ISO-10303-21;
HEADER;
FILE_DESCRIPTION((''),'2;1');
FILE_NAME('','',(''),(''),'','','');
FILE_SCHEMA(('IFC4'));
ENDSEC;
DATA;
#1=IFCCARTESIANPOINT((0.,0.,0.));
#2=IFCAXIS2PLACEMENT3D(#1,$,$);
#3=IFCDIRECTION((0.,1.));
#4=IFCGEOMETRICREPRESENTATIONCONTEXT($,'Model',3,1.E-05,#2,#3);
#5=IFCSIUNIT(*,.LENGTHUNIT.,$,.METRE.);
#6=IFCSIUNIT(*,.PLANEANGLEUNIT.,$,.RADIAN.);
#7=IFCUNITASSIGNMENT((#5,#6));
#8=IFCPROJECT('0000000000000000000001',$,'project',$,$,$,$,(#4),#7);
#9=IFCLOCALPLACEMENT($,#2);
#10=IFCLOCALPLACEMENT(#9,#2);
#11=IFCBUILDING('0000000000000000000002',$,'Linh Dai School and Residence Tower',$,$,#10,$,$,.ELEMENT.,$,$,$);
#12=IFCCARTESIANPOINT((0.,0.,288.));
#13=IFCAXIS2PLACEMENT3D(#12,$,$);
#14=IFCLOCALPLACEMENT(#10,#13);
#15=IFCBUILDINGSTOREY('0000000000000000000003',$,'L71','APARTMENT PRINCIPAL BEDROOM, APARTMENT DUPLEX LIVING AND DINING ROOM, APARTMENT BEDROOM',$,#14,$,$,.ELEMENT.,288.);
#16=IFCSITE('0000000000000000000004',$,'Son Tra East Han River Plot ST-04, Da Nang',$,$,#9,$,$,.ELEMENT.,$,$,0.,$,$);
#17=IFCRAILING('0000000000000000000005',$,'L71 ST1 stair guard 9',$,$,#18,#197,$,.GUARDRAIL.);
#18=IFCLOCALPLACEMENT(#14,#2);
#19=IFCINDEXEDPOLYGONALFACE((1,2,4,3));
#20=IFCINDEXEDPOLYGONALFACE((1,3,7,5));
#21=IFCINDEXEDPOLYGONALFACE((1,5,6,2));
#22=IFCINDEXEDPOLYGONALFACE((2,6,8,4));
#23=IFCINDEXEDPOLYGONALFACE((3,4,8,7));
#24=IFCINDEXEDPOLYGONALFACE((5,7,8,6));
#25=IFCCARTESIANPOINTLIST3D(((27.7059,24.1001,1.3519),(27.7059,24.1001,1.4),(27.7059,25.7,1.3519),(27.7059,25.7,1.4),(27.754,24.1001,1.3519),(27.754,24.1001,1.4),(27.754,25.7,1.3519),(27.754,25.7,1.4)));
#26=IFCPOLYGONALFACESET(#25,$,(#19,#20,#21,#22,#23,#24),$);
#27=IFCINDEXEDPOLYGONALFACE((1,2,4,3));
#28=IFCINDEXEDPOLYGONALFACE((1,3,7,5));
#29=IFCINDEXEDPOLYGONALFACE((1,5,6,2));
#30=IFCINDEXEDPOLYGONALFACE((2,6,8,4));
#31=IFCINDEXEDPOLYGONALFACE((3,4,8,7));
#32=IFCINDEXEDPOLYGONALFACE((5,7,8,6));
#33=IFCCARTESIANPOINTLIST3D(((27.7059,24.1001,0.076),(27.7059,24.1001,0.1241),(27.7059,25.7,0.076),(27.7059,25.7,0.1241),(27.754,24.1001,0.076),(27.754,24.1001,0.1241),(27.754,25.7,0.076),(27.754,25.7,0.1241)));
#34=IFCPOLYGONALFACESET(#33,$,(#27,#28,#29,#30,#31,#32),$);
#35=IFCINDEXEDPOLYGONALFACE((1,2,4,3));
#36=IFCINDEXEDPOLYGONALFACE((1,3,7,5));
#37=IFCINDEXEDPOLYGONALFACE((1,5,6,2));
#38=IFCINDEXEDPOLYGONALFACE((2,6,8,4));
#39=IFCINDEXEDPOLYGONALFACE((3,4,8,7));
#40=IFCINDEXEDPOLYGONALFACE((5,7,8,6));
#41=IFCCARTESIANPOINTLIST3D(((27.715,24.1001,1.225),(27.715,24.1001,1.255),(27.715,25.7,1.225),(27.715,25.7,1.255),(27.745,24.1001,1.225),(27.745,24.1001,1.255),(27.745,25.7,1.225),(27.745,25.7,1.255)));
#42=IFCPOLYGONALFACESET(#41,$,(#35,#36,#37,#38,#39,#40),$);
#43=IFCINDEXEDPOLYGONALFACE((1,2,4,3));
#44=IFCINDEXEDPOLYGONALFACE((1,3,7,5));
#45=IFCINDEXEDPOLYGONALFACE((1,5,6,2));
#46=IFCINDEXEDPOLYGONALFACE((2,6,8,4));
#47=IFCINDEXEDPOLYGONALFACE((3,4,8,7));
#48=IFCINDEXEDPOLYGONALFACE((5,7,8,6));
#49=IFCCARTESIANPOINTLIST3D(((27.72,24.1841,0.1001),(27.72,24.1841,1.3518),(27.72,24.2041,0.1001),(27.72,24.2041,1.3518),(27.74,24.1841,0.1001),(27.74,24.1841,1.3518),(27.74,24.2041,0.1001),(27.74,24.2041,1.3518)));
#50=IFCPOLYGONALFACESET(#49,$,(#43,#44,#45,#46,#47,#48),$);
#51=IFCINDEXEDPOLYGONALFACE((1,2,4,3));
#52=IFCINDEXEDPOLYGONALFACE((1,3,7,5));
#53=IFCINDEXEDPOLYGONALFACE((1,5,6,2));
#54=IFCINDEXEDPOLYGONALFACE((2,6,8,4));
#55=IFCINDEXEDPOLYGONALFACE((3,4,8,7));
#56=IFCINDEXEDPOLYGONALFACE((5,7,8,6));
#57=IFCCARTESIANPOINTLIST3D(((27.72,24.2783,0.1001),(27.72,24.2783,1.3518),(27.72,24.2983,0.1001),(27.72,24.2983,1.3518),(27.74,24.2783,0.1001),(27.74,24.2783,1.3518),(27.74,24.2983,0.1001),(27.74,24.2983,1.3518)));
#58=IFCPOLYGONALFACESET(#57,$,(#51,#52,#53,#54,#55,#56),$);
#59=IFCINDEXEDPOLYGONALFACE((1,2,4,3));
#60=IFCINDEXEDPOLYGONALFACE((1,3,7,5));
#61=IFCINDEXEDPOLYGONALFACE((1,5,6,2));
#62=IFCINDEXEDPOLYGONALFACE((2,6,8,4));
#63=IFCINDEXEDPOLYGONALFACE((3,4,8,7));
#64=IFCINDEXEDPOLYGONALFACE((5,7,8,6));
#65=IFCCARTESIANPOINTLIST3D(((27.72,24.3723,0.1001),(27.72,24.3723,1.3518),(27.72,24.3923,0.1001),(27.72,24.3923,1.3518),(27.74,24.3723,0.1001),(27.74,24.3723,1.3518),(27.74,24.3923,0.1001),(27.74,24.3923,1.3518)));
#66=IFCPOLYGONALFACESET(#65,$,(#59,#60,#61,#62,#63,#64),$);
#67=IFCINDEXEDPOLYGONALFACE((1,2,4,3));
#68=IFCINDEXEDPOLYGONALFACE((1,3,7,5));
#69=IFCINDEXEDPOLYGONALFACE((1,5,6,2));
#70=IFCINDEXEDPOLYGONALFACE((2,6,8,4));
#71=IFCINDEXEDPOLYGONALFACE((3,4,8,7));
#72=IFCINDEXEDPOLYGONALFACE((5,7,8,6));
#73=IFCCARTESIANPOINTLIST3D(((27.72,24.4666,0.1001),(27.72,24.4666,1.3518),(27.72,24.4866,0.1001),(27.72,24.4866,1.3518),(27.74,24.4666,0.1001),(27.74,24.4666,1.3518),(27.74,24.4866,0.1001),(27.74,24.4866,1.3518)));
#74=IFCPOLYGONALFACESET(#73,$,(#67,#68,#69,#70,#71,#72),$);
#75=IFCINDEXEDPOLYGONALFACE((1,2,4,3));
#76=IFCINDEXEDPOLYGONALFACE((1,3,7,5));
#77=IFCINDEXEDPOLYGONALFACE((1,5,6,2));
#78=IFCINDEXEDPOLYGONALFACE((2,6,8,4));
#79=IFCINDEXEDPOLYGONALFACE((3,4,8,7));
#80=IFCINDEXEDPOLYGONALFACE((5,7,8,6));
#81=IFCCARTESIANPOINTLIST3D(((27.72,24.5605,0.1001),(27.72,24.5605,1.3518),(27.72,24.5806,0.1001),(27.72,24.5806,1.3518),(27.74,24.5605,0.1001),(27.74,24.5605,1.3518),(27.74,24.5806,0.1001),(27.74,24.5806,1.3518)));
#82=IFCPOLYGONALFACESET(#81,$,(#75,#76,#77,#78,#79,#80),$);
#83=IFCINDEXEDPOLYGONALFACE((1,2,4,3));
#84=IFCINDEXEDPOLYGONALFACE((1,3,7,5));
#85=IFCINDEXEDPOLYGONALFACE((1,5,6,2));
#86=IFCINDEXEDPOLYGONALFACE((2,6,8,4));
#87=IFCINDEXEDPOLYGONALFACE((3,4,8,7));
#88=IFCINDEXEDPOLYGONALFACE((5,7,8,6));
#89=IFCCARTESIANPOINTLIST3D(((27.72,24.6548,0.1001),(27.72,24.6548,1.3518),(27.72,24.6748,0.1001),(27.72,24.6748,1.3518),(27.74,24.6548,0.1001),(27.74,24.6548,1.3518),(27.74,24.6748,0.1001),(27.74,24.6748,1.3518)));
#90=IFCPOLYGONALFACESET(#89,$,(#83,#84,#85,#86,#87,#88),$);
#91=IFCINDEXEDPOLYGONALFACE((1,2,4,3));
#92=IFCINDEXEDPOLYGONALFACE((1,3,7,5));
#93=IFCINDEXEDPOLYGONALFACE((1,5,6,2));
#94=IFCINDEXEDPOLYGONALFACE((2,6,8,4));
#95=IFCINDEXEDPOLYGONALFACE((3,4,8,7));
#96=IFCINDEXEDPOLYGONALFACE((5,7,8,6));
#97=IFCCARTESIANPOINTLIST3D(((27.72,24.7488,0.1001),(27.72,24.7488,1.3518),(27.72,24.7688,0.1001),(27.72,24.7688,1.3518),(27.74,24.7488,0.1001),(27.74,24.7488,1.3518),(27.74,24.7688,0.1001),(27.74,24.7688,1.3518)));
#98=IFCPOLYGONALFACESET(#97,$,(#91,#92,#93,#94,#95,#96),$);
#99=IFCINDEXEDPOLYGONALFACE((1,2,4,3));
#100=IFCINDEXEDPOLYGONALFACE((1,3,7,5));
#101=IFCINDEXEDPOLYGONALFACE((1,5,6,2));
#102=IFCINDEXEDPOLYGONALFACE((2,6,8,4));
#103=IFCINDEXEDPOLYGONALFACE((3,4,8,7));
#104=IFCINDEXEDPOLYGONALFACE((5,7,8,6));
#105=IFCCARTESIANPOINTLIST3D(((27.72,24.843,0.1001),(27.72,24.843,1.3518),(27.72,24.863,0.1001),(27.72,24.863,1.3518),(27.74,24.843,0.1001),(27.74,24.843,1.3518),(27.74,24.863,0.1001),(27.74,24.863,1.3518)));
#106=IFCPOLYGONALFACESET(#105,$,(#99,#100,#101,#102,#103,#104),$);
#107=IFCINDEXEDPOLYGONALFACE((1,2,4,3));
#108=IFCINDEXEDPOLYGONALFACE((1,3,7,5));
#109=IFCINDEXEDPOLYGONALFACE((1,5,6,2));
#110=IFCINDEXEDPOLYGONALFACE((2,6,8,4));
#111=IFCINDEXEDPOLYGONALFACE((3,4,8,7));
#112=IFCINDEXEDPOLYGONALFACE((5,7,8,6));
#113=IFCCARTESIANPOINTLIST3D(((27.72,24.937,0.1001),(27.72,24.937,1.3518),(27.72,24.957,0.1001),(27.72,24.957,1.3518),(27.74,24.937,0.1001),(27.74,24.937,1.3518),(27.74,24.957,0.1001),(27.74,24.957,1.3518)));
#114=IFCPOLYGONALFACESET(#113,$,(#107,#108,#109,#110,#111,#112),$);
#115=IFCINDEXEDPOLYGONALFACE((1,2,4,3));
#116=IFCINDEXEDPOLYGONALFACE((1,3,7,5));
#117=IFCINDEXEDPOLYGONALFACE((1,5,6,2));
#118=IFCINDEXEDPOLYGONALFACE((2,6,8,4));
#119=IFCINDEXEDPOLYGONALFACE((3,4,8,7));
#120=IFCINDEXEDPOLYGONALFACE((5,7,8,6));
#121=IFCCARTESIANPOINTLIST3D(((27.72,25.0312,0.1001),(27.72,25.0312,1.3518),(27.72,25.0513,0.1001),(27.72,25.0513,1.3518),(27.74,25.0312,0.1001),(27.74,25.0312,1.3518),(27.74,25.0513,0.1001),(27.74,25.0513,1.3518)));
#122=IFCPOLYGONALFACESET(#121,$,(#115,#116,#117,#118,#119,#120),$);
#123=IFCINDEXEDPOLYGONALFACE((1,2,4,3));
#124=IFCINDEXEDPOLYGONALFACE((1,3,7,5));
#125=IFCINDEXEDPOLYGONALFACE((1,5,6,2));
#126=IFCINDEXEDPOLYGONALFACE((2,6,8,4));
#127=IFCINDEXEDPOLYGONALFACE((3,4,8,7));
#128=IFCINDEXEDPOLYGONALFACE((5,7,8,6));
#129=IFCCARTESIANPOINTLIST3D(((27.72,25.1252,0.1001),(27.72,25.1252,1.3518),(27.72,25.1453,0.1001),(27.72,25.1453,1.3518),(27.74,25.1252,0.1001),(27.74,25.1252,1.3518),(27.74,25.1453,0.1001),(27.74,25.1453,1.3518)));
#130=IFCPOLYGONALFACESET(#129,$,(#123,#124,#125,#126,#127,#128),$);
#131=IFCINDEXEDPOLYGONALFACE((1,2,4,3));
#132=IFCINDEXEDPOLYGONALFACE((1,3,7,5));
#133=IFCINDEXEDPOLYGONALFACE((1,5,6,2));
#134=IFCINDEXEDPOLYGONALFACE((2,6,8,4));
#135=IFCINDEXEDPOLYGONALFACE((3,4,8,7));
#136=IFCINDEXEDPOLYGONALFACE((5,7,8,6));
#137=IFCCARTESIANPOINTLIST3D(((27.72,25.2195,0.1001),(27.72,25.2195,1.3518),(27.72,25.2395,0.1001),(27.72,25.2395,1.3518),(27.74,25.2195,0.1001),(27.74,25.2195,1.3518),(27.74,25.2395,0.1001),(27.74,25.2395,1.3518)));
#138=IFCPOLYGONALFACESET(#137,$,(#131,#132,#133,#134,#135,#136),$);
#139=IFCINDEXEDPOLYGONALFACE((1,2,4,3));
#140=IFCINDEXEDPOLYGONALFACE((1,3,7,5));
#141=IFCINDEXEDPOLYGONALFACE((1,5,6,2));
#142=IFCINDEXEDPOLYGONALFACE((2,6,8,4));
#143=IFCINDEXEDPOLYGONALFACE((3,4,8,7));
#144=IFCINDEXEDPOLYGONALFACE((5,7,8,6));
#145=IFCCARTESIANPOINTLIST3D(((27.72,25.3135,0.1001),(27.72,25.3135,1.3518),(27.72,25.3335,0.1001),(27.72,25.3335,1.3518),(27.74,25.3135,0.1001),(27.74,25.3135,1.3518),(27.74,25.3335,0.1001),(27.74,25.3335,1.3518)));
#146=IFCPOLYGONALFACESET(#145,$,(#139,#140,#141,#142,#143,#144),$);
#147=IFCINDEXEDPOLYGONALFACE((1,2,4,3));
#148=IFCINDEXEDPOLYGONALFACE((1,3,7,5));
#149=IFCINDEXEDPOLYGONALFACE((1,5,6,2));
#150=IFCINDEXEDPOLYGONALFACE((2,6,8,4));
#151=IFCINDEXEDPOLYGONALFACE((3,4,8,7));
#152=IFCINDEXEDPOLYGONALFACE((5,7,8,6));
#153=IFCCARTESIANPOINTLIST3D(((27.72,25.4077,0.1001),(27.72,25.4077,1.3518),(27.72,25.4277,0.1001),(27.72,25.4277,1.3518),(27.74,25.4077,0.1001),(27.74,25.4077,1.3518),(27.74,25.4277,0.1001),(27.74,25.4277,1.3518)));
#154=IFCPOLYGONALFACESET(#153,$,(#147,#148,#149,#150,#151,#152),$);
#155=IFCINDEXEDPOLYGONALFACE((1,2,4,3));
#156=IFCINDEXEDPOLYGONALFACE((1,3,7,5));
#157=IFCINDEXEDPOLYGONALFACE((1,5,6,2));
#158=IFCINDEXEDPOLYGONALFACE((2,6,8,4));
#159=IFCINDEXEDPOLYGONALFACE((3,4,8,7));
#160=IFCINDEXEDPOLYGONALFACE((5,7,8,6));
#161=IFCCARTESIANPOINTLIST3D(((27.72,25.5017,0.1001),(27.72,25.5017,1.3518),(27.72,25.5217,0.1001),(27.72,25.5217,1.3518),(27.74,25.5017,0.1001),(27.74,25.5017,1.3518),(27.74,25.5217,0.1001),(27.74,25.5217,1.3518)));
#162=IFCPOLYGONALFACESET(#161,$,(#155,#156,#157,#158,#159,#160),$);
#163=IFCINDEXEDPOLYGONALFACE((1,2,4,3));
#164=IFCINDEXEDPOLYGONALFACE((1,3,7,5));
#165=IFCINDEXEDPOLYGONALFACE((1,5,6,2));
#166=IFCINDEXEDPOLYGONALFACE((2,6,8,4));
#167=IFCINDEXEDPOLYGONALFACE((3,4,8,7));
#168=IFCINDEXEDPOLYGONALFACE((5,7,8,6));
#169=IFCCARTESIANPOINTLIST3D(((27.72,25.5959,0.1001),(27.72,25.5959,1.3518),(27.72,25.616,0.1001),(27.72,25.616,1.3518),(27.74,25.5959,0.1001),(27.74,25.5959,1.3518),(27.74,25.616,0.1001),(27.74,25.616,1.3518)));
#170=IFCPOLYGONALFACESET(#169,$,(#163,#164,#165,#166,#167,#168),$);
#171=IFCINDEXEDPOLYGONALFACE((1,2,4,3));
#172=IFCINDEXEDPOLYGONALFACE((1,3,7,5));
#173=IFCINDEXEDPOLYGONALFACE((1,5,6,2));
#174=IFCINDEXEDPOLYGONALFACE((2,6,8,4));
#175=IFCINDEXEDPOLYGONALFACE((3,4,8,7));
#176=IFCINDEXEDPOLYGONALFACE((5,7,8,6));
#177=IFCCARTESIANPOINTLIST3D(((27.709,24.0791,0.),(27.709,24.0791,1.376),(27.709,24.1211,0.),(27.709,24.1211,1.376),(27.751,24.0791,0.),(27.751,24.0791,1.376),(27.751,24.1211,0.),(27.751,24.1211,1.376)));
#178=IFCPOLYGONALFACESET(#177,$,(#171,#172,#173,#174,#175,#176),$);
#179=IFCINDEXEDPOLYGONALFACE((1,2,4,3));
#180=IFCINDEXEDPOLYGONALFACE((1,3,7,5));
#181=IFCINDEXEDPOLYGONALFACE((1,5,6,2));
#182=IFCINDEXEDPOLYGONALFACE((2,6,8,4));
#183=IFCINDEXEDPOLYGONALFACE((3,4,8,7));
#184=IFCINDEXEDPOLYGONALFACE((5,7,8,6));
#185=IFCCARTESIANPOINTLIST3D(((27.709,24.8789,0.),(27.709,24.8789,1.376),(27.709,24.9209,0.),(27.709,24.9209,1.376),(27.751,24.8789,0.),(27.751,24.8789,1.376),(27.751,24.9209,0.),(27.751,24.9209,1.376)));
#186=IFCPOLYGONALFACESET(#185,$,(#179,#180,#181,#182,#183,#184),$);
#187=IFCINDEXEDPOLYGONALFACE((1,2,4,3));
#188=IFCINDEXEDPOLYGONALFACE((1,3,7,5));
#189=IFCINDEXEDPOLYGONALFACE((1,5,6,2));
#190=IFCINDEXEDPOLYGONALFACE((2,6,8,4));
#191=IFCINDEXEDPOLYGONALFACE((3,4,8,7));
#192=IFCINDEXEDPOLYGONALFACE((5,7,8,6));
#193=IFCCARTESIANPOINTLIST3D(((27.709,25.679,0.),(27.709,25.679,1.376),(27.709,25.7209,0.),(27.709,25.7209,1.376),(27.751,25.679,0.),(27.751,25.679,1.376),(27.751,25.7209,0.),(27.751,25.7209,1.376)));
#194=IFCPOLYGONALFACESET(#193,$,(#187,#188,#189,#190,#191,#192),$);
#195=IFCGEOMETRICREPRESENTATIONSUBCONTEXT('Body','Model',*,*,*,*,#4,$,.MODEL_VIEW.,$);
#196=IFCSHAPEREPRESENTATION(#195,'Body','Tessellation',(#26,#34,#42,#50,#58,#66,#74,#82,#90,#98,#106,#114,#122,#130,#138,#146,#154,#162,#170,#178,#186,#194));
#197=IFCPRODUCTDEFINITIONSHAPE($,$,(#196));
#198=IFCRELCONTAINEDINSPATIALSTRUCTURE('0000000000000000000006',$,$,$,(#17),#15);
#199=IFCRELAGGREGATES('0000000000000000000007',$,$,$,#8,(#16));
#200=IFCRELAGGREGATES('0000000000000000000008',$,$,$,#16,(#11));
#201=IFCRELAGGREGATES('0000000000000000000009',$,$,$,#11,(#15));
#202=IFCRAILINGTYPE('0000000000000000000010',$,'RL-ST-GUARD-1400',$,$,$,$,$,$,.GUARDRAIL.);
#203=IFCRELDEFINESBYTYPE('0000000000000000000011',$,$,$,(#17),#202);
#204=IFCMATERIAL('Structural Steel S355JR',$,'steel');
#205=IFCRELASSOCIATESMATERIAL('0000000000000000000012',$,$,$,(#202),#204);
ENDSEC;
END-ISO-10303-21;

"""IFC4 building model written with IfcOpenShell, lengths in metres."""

from ifc_helpers import new_model, si_unit, direction, frame, origin, origin_2d, place, context, subcontext, project, spatial, rectangle, extrude, source, transform, mapped, material, type_object, element, save


model = new_model("IFC4")

# Units and contexts
model_context = context("Model", 3, precision=1e-05, world=origin(), true_north=direction((0.0, 1.0)))
body_context = subcontext(model_context, "Body", "Model", "MODEL_VIEW")
ifc_project = project(units=[si_unit("LENGTHUNIT", "METRE"), si_unit("PLANEANGLEUNIT", "RADIAN")], contexts=[model_context])

# Site, building, storey
site_placement = place(None, origin())
site = spatial("IfcSite", under=ifc_project, at=site_placement, Name="Son Tra East Han River Plot ST-04, Da Nang", CompositionType="ELEMENT", RefElevation=0.0)
building_placement = place(site_placement, origin())
building = spatial("IfcBuilding", under=site, at=building_placement, Name="Linh Dai School and Residence Tower", CompositionType="ELEMENT")
storey_placement = place(building_placement, frame((0.0, 0.0, 288.0)))
storey = spatial("IfcBuildingStorey", under=building, at=storey_placement, Name="L71", Description="APARTMENT PRINCIPAL BEDROOM, APARTMENT DUPLEX LIVING AND DINING ROOM, APARTMENT BEDROOM", CompositionType="ELEMENT", Elevation=288.0)

# Shared definitions
ifc_material_1 = material(Name="Structural Steel S355JR", Category="steel")

# Railing
railing_type_1 = type_object("IfcRailingType", Name="RL-ST-GUARD-1400", PredefinedType="GUARDRAIL", material=ifc_material_1)
shared_shape_1 = source(origin(), body_context, "Body", "SweptSolid", [
    extrude(rectangle(XDim=0.0481, YDim=0.0481, at=origin_2d()), frame((0.0, 0.0, 1.376), z_axis=(0.0, 1.0, 0.0), x_axis=(-1.0, 0.0, 0.0)), (0.0, 0.0, 1.0), 1.5999),
    extrude(rectangle(XDim=0.0481, YDim=0.0481, at=origin_2d()), frame((0.0, 0.0, 0.1001), z_axis=(0.0, 1.0, 0.0), x_axis=(-1.0, 0.0, 0.0)), (0.0, 0.0, 1.0), 1.5999),
    extrude(rectangle(XDim=0.03, YDim=0.03, at=origin_2d()), frame((0.0, 0.0, 1.24), z_axis=(0.0, 1.0, 0.0), x_axis=(-1.0, 0.0, 0.0)), (0.0, 0.0, 1.0), 1.5999),
    extrude(rectangle(XDim=0.02, YDim=0.02, at=origin_2d()), frame((0.0, 0.094, 0.1001)), (0.0, 0.0, 1.0), 1.2517),
    extrude(rectangle(XDim=0.02, YDim=0.02, at=origin_2d()), frame((0.0, 0.1882, 0.1001)), (0.0, 0.0, 1.0), 1.2517),
    extrude(rectangle(XDim=0.02, YDim=0.02, at=origin_2d()), frame((0.0, 0.2822, 0.1001)), (0.0, 0.0, 1.0), 1.2517),
    extrude(rectangle(XDim=0.02, YDim=0.02, at=origin_2d()), frame((0.0, 0.3765, 0.1001)), (0.0, 0.0, 1.0), 1.2517),
    extrude(rectangle(XDim=0.02, YDim=0.02, at=origin_2d()), frame((0.0, 0.4705, 0.1001)), (0.0, 0.0, 1.0), 1.2517),
    extrude(rectangle(XDim=0.02, YDim=0.02, at=origin_2d()), frame((0.0, 0.5647, 0.1001)), (0.0, 0.0, 1.0), 1.2517),
    extrude(rectangle(XDim=0.02, YDim=0.02, at=origin_2d()), frame((0.0, 0.6587, 0.1001)), (0.0, 0.0, 1.0), 1.2517),
    extrude(rectangle(XDim=0.02, YDim=0.02, at=origin_2d()), frame((0.0, 0.7529, 0.1001)), (0.0, 0.0, 1.0), 1.2517),
    extrude(rectangle(XDim=0.02, YDim=0.02, at=origin_2d()), frame((0.0, 0.8469, 0.1001)), (0.0, 0.0, 1.0), 1.2517),
    extrude(rectangle(XDim=0.02, YDim=0.02, at=origin_2d()), frame((0.0, 0.9412, 0.1001)), (0.0, 0.0, 1.0), 1.2517),
    extrude(rectangle(XDim=0.02, YDim=0.02, at=origin_2d()), frame((0.0, 1.0352, 0.1001)), (0.0, 0.0, 1.0), 1.2517),
    extrude(rectangle(XDim=0.02, YDim=0.02, at=origin_2d()), frame((0.0, 1.1294, 0.1001)), (0.0, 0.0, 1.0), 1.2517),
    extrude(rectangle(XDim=0.02, YDim=0.02, at=origin_2d()), frame((0.0, 1.2234, 0.1001)), (0.0, 0.0, 1.0), 1.2517),
    extrude(rectangle(XDim=0.02, YDim=0.02, at=origin_2d()), frame((0.0, 1.3176, 0.1001)), (0.0, 0.0, 1.0), 1.2517),
    extrude(rectangle(XDim=0.02, YDim=0.02, at=origin_2d()), frame((0.0, 1.4116, 0.1001)), (0.0, 0.0, 1.0), 1.2517),
    extrude(rectangle(XDim=0.02, YDim=0.02, at=origin_2d()), frame((0.0, 1.5059, 0.1001)), (0.0, 0.0, 1.0), 1.2517),
    extrude(rectangle(XDim=0.042, YDim=0.042, at=origin_2d()), origin(), (0.0, 0.0, 1.0), 1.376),
    extrude(rectangle(XDim=0.042, YDim=0.042, at=origin_2d()), frame((0.0, 0.7998, 0.0)), (0.0, 0.0, 1.0), 1.376),
    extrude(rectangle(XDim=0.042, YDim=0.042, at=origin_2d()), frame((0.0, 1.5999, 0.0)), (0.0, 0.0, 1.0), 1.376),
])
for number, where, name in (
    (1, (27.73, 24.1001, 0.0), "L71 ST1 stair guard 9"),
):
    element("IfcRailing", number, at=place(storey_placement, frame(where)), inside=storey, type_object=railing_type_1, Name=name, PredefinedType="GUARDRAIL", context=body_context, shape_type="MappedRepresentation", body=[
        mapped(shared_shape_1, transform((0.0, 0.0, 0.0), x_axis=(1.0, 0.0, 0.0), y_axis=(0.0, 1.0, 0.0), z_axis=(0.0, 0.0, 1.0), scale=1.0)),
    ])

save(model, "model.ifc")
